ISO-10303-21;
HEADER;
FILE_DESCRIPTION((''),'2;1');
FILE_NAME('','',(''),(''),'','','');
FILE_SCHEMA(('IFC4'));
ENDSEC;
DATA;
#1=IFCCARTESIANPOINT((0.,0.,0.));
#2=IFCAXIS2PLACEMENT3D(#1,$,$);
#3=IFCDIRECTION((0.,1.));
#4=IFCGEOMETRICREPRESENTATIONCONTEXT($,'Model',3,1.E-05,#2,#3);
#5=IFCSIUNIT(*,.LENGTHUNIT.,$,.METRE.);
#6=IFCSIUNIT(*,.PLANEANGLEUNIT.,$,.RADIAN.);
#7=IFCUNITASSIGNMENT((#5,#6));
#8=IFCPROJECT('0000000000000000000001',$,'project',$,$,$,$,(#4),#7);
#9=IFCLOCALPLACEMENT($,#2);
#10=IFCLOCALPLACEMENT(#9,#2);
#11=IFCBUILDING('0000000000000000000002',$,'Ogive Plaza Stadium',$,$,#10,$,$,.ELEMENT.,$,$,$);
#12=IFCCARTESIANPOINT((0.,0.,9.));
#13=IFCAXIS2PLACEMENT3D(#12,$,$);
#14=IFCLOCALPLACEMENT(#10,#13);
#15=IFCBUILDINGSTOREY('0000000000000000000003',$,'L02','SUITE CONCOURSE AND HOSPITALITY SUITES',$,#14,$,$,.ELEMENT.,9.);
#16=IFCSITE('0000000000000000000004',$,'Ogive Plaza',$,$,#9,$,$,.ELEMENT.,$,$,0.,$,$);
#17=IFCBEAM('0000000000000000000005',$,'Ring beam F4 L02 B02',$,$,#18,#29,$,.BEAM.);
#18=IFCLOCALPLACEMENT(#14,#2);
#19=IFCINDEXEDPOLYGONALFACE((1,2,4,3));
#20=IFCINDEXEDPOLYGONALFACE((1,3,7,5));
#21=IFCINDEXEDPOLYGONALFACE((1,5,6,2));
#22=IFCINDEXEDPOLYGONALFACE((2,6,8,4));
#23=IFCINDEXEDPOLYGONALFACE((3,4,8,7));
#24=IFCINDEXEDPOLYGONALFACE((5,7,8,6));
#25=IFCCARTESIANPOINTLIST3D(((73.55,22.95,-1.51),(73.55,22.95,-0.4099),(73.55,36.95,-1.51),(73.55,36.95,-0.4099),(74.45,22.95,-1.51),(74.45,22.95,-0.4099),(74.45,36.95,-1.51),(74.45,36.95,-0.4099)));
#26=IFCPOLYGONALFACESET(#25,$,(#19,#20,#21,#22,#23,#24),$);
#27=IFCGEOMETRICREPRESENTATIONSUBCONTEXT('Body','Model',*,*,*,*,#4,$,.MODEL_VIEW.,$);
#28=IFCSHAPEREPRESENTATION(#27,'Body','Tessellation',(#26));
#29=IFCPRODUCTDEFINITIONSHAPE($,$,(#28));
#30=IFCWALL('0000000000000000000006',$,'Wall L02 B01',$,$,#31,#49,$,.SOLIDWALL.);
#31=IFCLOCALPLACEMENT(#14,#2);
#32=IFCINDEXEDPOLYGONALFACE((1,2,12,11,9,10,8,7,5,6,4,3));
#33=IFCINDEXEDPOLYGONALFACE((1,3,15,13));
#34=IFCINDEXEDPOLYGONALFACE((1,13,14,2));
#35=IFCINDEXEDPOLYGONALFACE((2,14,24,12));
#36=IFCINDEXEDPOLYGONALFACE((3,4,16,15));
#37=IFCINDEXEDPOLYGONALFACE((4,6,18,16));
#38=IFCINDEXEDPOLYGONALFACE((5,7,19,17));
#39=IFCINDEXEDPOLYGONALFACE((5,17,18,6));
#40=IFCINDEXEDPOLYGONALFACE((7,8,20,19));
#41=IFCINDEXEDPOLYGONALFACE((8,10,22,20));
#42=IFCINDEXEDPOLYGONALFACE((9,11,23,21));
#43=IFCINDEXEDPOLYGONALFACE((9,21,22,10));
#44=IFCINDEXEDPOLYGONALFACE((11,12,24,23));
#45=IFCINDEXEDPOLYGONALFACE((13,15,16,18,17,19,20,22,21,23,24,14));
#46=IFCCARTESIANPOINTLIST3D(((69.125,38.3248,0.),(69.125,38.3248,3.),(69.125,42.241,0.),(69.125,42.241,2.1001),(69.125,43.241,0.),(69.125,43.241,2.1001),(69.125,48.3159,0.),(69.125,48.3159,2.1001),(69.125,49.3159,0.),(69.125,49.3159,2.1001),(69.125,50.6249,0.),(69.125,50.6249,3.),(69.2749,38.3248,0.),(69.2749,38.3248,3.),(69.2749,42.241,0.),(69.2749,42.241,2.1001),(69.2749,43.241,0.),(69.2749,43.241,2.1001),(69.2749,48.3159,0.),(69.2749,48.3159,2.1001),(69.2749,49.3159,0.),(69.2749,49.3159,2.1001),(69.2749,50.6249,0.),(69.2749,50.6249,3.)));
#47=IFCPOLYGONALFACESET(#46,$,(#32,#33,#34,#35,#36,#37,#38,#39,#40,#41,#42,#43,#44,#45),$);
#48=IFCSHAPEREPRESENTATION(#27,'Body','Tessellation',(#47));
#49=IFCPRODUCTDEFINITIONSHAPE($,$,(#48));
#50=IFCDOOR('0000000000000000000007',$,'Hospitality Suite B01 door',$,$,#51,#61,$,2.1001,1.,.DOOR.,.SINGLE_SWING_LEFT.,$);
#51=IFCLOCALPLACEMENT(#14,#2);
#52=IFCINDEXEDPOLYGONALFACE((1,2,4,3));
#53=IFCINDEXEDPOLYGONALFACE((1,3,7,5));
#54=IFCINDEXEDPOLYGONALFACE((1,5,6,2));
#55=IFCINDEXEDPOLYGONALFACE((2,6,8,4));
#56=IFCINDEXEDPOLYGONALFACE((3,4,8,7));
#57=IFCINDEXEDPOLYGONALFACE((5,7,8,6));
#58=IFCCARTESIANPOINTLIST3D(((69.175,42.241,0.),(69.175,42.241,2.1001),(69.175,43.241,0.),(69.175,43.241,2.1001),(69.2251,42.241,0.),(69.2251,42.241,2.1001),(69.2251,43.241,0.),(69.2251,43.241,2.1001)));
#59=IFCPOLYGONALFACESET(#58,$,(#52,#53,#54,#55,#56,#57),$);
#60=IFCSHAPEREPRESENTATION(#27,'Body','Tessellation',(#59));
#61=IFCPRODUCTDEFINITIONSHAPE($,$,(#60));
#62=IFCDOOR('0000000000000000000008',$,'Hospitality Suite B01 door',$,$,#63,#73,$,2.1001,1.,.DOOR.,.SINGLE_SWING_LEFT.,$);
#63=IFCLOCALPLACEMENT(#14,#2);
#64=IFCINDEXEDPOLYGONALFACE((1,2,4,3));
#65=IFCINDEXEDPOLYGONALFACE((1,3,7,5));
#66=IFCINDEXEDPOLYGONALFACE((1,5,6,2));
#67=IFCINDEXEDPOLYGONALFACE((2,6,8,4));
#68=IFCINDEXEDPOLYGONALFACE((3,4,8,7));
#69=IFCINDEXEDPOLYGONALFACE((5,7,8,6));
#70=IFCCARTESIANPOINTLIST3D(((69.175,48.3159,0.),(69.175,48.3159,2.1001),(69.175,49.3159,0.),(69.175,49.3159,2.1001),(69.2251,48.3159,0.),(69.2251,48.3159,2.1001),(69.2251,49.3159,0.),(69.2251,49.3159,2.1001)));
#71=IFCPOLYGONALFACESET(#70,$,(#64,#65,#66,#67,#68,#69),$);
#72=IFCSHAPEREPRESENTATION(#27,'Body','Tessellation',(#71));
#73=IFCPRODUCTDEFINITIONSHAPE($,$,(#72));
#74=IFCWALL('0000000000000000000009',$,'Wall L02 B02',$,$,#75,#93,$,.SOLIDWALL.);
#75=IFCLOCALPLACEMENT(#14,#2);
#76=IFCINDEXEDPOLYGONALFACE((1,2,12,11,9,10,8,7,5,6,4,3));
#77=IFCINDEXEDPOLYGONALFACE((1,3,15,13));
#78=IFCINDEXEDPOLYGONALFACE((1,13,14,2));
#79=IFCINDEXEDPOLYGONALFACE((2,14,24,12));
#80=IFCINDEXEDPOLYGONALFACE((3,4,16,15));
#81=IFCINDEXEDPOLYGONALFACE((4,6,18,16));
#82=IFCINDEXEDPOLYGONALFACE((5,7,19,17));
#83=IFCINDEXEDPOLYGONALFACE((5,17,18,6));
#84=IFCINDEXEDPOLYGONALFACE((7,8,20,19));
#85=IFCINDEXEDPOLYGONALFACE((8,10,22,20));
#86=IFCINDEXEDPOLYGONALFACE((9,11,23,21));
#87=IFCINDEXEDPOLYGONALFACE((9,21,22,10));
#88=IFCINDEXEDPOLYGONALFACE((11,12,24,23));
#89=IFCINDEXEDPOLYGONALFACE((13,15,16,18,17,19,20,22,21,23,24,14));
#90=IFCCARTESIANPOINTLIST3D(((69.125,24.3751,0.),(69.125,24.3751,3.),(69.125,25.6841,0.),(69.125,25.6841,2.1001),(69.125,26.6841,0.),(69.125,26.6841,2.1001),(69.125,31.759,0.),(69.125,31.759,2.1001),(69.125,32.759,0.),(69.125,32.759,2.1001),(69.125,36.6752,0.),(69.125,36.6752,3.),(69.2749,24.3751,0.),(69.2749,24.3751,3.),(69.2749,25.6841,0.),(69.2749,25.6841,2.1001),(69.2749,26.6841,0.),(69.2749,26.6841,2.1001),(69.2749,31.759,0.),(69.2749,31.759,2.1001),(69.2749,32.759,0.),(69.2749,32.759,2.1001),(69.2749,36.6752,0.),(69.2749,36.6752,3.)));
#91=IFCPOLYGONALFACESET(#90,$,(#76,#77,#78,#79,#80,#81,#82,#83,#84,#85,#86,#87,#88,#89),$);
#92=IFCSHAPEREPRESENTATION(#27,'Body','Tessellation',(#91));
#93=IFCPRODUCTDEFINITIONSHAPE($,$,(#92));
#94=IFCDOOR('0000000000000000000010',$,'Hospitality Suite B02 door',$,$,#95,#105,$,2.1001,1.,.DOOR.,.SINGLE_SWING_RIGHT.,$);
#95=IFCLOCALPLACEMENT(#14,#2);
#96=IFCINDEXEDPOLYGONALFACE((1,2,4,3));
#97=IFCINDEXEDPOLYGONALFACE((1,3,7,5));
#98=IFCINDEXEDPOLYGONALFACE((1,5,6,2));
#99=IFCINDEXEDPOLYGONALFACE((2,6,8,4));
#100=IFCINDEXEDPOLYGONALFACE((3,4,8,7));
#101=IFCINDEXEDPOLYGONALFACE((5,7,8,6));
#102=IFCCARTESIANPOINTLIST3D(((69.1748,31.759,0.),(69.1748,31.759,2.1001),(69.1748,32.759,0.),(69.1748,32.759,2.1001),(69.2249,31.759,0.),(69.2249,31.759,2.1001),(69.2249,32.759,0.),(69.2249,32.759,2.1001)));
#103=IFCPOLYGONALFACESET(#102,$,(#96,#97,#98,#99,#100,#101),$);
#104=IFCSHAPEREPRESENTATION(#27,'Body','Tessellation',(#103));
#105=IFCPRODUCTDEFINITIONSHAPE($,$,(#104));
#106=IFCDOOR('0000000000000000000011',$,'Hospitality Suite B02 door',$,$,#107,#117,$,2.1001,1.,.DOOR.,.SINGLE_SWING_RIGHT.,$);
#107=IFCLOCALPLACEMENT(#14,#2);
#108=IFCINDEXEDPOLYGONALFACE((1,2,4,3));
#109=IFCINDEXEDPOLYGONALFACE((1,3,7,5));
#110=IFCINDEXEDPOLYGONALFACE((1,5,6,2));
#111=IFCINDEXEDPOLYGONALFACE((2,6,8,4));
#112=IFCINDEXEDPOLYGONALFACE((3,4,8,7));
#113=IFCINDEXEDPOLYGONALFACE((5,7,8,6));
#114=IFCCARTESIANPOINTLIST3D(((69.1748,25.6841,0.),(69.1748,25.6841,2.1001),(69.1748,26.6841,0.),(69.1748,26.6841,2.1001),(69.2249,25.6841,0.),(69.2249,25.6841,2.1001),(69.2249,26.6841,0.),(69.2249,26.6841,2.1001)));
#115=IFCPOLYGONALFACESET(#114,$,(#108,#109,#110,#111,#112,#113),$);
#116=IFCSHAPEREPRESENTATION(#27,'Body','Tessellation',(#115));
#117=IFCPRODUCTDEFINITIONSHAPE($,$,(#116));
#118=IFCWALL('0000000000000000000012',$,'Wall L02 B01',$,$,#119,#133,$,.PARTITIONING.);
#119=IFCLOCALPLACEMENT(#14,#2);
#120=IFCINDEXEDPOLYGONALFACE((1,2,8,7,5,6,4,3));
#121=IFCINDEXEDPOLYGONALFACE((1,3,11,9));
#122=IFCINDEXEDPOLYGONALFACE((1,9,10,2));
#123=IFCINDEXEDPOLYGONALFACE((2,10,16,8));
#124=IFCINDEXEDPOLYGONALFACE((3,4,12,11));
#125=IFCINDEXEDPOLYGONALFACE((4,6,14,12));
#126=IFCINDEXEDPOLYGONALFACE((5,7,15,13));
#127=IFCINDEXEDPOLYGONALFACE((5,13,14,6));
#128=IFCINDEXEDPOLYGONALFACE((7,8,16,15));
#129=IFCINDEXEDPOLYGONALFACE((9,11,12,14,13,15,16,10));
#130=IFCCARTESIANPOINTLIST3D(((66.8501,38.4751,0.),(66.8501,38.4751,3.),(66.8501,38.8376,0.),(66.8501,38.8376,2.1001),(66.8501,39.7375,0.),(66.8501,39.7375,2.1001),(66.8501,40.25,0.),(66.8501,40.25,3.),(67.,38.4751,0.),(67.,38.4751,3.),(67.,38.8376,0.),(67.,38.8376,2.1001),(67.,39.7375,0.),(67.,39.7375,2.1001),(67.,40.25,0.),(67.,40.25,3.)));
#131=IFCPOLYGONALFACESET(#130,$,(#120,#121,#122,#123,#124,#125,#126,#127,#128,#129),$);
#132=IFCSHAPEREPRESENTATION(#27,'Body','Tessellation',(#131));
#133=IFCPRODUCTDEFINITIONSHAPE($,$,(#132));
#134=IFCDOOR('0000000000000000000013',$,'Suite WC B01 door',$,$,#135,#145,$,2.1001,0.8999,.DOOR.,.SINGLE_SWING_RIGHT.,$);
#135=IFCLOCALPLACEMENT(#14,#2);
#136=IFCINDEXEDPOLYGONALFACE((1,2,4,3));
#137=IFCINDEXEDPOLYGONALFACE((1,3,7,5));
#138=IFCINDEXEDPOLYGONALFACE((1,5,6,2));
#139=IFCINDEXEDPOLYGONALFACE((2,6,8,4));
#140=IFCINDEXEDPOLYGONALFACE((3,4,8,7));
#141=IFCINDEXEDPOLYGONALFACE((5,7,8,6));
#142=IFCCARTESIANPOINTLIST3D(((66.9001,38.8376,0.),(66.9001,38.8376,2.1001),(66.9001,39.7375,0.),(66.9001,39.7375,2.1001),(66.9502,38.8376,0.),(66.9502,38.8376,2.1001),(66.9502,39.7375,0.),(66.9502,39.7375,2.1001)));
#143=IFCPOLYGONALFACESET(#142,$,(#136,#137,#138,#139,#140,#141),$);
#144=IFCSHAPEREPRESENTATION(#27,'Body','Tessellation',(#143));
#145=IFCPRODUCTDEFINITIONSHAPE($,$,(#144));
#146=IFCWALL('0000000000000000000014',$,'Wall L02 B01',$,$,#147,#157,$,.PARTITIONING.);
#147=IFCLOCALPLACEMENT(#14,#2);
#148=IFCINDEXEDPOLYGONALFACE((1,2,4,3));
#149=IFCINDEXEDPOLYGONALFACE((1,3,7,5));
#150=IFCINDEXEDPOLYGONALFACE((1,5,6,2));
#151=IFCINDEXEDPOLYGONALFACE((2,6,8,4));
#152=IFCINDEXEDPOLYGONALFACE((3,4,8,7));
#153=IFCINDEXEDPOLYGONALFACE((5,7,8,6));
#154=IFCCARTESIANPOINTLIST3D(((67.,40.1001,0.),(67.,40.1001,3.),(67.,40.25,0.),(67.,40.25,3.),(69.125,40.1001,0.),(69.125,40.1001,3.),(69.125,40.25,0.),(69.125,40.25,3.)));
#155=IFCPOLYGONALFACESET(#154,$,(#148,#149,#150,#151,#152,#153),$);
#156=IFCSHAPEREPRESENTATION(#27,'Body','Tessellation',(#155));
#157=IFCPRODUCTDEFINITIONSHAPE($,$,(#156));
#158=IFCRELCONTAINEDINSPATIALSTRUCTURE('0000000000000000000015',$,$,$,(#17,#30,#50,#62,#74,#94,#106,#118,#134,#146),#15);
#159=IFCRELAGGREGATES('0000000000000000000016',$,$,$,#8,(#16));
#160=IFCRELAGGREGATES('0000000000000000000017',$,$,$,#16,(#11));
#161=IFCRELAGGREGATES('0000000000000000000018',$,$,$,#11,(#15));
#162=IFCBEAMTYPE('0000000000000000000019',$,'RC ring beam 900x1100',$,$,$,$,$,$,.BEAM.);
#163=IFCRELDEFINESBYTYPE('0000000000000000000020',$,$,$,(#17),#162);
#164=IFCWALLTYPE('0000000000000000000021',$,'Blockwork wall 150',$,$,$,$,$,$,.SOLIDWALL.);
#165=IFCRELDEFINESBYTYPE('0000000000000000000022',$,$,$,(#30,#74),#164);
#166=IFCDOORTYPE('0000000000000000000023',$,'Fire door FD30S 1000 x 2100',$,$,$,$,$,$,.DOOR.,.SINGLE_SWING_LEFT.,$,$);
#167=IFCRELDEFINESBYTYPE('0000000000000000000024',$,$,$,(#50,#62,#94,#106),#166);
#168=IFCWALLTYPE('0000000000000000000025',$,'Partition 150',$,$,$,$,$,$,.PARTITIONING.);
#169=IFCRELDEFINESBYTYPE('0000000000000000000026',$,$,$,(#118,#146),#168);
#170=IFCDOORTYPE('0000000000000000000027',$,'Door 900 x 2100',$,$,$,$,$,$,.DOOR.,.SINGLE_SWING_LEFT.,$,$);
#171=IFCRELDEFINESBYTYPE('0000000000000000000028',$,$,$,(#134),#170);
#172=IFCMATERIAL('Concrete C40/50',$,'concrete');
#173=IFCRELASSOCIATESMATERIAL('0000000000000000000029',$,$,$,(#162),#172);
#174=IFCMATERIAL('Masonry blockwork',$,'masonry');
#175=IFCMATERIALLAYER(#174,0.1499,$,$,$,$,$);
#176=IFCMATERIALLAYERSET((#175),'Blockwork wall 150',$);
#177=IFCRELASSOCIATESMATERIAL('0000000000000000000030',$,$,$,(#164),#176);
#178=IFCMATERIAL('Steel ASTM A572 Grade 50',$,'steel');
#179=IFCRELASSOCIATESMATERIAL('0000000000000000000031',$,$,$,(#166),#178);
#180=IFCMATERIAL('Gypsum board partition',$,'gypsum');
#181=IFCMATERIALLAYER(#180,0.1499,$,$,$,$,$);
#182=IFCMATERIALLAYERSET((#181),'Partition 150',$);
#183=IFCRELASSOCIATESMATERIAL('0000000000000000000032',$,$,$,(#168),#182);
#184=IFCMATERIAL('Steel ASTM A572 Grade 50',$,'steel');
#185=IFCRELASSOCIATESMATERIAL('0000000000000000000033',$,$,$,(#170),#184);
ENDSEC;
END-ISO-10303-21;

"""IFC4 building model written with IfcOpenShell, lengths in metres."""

from ifc_helpers import new_model, si_unit, direction, frame, frame_2d, origin, origin_2d, place, context, subcontext, project, spatial, rectangle, extrude, material, layer, layer_set, material_profile, profile_set, type_object, element, fill, save


model = new_model("IFC4")

# Units and contexts
model_context = context("Model", 3, precision=1e-05, world=origin(), true_north=direction((0.0, 1.0)))
body_context = subcontext(model_context, "Body", "Model", "MODEL_VIEW")
ifc_project = project(units=[si_unit("LENGTHUNIT", "METRE"), si_unit("PLANEANGLEUNIT", "RADIAN")], contexts=[model_context])

# Site, building, storey
site_placement = place(None, origin())
site = spatial("IfcSite", under=ifc_project, at=site_placement, Name="Ogive Plaza", CompositionType="ELEMENT", RefElevation=0.0)
building_placement = place(site_placement, origin())
building = spatial("IfcBuilding", under=site, at=building_placement, Name="Ogive Plaza Stadium", CompositionType="ELEMENT")
storey_placement = place(building_placement, frame((0.0, 0.0, 9.0)))
storey = spatial("IfcBuildingStorey", under=building, at=storey_placement, Name="L02", Description="SUITE CONCOURSE AND HOSPITALITY SUITES", CompositionType="ELEMENT", Elevation=9.0)

# Beam
ifc_material_1 = material(Name="Concrete C40/50", Category="concrete")
ifc_material_profile = material_profile(ifc_material_1, rectangle(XDim=0.8999, YDim=1.1001, at=origin_2d()), Name="RC 900x1100")
ifc_profile_set = profile_set([ifc_material_profile], Name="Concrete C40/50")
beam_type = type_object("IfcBeamType", Name="RC ring beam 900x1100", PredefinedType="BEAM", material=ifc_profile_set)
beam_placement = place(storey_placement, frame((74.0, 36.95, -0.96), z_axis=(0.0, -1.0, 0.0), x_axis=(1.0, 0.0, 0.0)))
element("IfcBeam", 1, at=beam_placement, inside=storey, type_object=beam_type, Name="Ring beam F4 L02 B02", PredefinedType="BEAM", context=body_context, shape_type="SweptSolid", body=[
    extrude(rectangle(XDim=0.8999, YDim=1.1001, at=origin_2d()), origin(), (0.0, 0.0, 1.0), 14.0),
])

# Walls, openings, doors
ifc_material_2 = material(Name="Masonry blockwork", Category="masonry")
ifc_layer_1 = layer(ifc_material_2, 0.1499)
ifc_layer_set_1 = layer_set([ifc_layer_1], Name="Blockwork wall 150")
wall_type_1 = type_object("IfcWallType", Name="Blockwork wall 150", PredefinedType="SOLIDWALL", material=ifc_layer_set_1)
wall_1_placement = place(storey_placement, frame((69.2, 38.325, 0.0), z_axis=(0.0, 0.0, 1.0), x_axis=(0.0, 1.0, 0.0)))
wall_1 = element("IfcWall", 2, at=wall_1_placement, inside=storey, type_object=wall_type_1, Name="Wall L02 B01", PredefinedType="SOLIDWALL", context=body_context, shape_type="SweptSolid", body=[
    extrude(rectangle(XDim=12.3, YDim=0.1499, at=frame_2d((6.1499, 0.0))), origin(), (0.0, 0.0, 1.0), 3.0),
])
opening_1_placement = place(wall_1_placement, frame((3.916, 0.0, 0.0)))
opening_1 = element("IfcOpeningElement", 3, at=opening_1_placement, cuts=wall_1, PredefinedType="OPENING", context=body_context, shape_type="SweptSolid", body=[
    extrude(rectangle(XDim=1.0, YDim=2.1001, at=frame_2d((0.5, 1.05))), frame((0.0, 0.075, 0.0), z_axis=(0.0, -1.0, 0.0), x_axis=(1.0, 0.0, 0.0)), (0.0, 0.0, 1.0), 0.1499),
])
opening_2_placement = place(wall_1_placement, frame((9.991, 0.0, 0.0)))
opening_2 = element("IfcOpeningElement", 4, at=opening_2_placement, cuts=wall_1, PredefinedType="OPENING", context=body_context, shape_type="SweptSolid", body=[
    extrude(rectangle(XDim=1.0, YDim=2.1001, at=frame_2d((0.5, 1.05))), frame((0.0, 0.075, 0.0), z_axis=(0.0, -1.0, 0.0), x_axis=(1.0, 0.0, 0.0)), (0.0, 0.0, 1.0), 0.1499),
])
ifc_material_3 = material(Name="Steel ASTM A572 Grade 50", Category="steel")
door_type_1 = type_object("IfcDoorType", Name="Fire door FD30S 1000 x 2100", OperationType="SINGLE_SWING_LEFT", PredefinedType="DOOR", material=ifc_material_3)
door_1_placement = place(opening_1_placement, origin())
door_1 = element("IfcDoor", 5, at=door_1_placement, inside=storey, type_object=door_type_1, Name="Hospitality Suite B01 door", OperationType="SINGLE_SWING_LEFT", OverallHeight=2.1001, OverallWidth=1.0, PredefinedType="DOOR", context=body_context, shape_type="SweptSolid", body=[
    extrude(rectangle(XDim=1.0, YDim=2.1001, at=frame_2d((0.5, 1.05))), frame((0.0, 0.0249, 0.0), z_axis=(0.0, -1.0, 0.0), x_axis=(1.0, 0.0, 0.0)), (0.0, 0.0, 1.0), 0.05),
])
fill(opening_1, door_1)
door_2_placement = place(opening_2_placement, origin())
door_2 = element("IfcDoor", 6, at=door_2_placement, inside=storey, type_object=door_type_1, Name="Hospitality Suite B01 door", OperationType="SINGLE_SWING_LEFT", OverallHeight=2.1001, OverallWidth=1.0, PredefinedType="DOOR", context=body_context, shape_type="SweptSolid", body=[
    extrude(rectangle(XDim=1.0, YDim=2.1001, at=frame_2d((0.5, 1.05))), frame((0.0, 0.0249, 0.0), z_axis=(0.0, -1.0, 0.0), x_axis=(1.0, 0.0, 0.0)), (0.0, 0.0, 1.0), 0.05),
])
fill(opening_2, door_2)
wall_2_placement = place(storey_placement, frame((69.2, 36.675, 0.0), z_axis=(0.0, 0.0, 1.0), x_axis=(0.0, -1.0, 0.0)))
wall_2 = element("IfcWall", 7, at=wall_2_placement, inside=storey, type_object=wall_type_1, Name="Wall L02 B02", PredefinedType="SOLIDWALL", context=body_context, shape_type="SweptSolid", body=[
    extrude(rectangle(XDim=12.3, YDim=0.1499, at=frame_2d((6.1499, 0.0))), origin(), (0.0, 0.0, 1.0), 3.0),
])
opening_3_placement = place(wall_2_placement, frame((3.916, 0.0, 0.0)))
opening_3 = element("IfcOpeningElement", 8, at=opening_3_placement, cuts=wall_2, PredefinedType="OPENING", context=body_context, shape_type="SweptSolid", body=[
    extrude(rectangle(XDim=1.0, YDim=2.1001, at=frame_2d((0.5, 1.05))), frame((0.0, 0.075, 0.0), z_axis=(0.0, -1.0, 0.0), x_axis=(1.0, 0.0, 0.0)), (0.0, 0.0, 1.0), 0.1499),
])
opening_4_placement = place(wall_2_placement, frame((9.991, 0.0, 0.0)))
opening_4 = element("IfcOpeningElement", 9, at=opening_4_placement, cuts=wall_2, PredefinedType="OPENING", context=body_context, shape_type="SweptSolid", body=[
    extrude(rectangle(XDim=1.0, YDim=2.1001, at=frame_2d((0.5, 1.05))), frame((0.0, 0.075, 0.0), z_axis=(0.0, -1.0, 0.0), x_axis=(1.0, 0.0, 0.0)), (0.0, 0.0, 1.0), 0.1499),
])
door_3_placement = place(opening_3_placement, origin())
door_3 = element("IfcDoor", 10, at=door_3_placement, inside=storey, type_object=door_type_1, Name="Hospitality Suite B02 door", OperationType="SINGLE_SWING_RIGHT", OverallHeight=2.1001, OverallWidth=1.0, PredefinedType="DOOR", context=body_context, shape_type="SweptSolid", body=[
    extrude(rectangle(XDim=1.0, YDim=2.1001, at=frame_2d((0.5, 1.05))), frame((0.0, 0.0249, 0.0), z_axis=(0.0, -1.0, 0.0), x_axis=(1.0, 0.0, 0.0)), (0.0, 0.0, 1.0), 0.05),
])
fill(opening_3, door_3)
door_4_placement = place(opening_4_placement, origin())
door_4 = element("IfcDoor", 11, at=door_4_placement, inside=storey, type_object=door_type_1, Name="Hospitality Suite B02 door", OperationType="SINGLE_SWING_RIGHT", OverallHeight=2.1001, OverallWidth=1.0, PredefinedType="DOOR", context=body_context, shape_type="SweptSolid", body=[
    extrude(rectangle(XDim=1.0, YDim=2.1001, at=frame_2d((0.5, 1.05))), frame((0.0, 0.0249, 0.0), z_axis=(0.0, -1.0, 0.0), x_axis=(1.0, 0.0, 0.0)), (0.0, 0.0, 1.0), 0.05),
])
fill(opening_4, door_4)

# Wall, opening, door
ifc_material_4 = material(Name="Gypsum board partition", Category="gypsum")
ifc_layer_2 = layer(ifc_material_4, 0.1499)
ifc_layer_set_2 = layer_set([ifc_layer_2], Name="Partition 150")
wall_type_2 = type_object("IfcWallType", Name="Partition 150", PredefinedType="PARTITIONING", material=ifc_layer_set_2)
wall_3_placement = place(storey_placement, frame((66.925, 38.4751, 0.0), z_axis=(0.0, 0.0, 1.0), x_axis=(0.0, 1.0, 0.0)))
wall_3 = element("IfcWall", 12, at=wall_3_placement, inside=storey, type_object=wall_type_2, Name="Wall L02 B01", PredefinedType="PARTITIONING", context=body_context, shape_type="SweptSolid", body=[
    extrude(rectangle(XDim=1.7749, YDim=0.1499, at=frame_2d((0.8875, 0.0))), origin(), (0.0, 0.0, 1.0), 3.0),
])
opening_5_placement = place(wall_3_placement, frame((0.3625, 0.0, 0.0)))
opening_5 = element("IfcOpeningElement", 13, at=opening_5_placement, cuts=wall_3, PredefinedType="OPENING", context=body_context, shape_type="SweptSolid", body=[
    extrude(rectangle(XDim=0.8999, YDim=2.1001, at=frame_2d((0.45, 1.05))), frame((0.0, 0.075, 0.0), z_axis=(0.0, -1.0, 0.0), x_axis=(1.0, 0.0, 0.0)), (0.0, 0.0, 1.0), 0.1499),
])
ifc_material_5 = material(Name="Steel ASTM A572 Grade 50", Category="steel")
door_type_2 = type_object("IfcDoorType", Name="Door 900 x 2100", OperationType="SINGLE_SWING_LEFT", PredefinedType="DOOR", material=ifc_material_5)
door_5_placement = place(opening_5_placement, origin())
door_5 = element("IfcDoor", 14, at=door_5_placement, inside=storey, type_object=door_type_2, Name="Suite WC B01 door", OperationType="SINGLE_SWING_RIGHT", OverallHeight=2.1001, OverallWidth=0.8999, PredefinedType="DOOR", context=body_context, shape_type="SweptSolid", body=[
    extrude(rectangle(XDim=0.8999, YDim=2.1001, at=frame_2d((0.45, 1.05))), frame((0.0, 0.0249, 0.0), z_axis=(0.0, -1.0, 0.0), x_axis=(1.0, 0.0, 0.0)), (0.0, 0.0, 1.0), 0.05),
])
fill(opening_5, door_5)

# Wall
wall_4_placement = place(storey_placement, frame((67.0, 40.175, 0.0), z_axis=(0.0, 0.0, 1.0), x_axis=(1.0, 0.0, 0.0)))
element("IfcWall", 15, at=wall_4_placement, inside=storey, type_object=wall_type_2, Name="Wall L02 B01", PredefinedType="PARTITIONING", context=body_context, shape_type="SweptSolid", body=[
    extrude(rectangle(XDim=2.125, YDim=0.1499, at=frame_2d((1.0625, 0.0))), origin(), (0.0, 0.0, 1.0), 3.0),
])

save(model, "model.ifc")
